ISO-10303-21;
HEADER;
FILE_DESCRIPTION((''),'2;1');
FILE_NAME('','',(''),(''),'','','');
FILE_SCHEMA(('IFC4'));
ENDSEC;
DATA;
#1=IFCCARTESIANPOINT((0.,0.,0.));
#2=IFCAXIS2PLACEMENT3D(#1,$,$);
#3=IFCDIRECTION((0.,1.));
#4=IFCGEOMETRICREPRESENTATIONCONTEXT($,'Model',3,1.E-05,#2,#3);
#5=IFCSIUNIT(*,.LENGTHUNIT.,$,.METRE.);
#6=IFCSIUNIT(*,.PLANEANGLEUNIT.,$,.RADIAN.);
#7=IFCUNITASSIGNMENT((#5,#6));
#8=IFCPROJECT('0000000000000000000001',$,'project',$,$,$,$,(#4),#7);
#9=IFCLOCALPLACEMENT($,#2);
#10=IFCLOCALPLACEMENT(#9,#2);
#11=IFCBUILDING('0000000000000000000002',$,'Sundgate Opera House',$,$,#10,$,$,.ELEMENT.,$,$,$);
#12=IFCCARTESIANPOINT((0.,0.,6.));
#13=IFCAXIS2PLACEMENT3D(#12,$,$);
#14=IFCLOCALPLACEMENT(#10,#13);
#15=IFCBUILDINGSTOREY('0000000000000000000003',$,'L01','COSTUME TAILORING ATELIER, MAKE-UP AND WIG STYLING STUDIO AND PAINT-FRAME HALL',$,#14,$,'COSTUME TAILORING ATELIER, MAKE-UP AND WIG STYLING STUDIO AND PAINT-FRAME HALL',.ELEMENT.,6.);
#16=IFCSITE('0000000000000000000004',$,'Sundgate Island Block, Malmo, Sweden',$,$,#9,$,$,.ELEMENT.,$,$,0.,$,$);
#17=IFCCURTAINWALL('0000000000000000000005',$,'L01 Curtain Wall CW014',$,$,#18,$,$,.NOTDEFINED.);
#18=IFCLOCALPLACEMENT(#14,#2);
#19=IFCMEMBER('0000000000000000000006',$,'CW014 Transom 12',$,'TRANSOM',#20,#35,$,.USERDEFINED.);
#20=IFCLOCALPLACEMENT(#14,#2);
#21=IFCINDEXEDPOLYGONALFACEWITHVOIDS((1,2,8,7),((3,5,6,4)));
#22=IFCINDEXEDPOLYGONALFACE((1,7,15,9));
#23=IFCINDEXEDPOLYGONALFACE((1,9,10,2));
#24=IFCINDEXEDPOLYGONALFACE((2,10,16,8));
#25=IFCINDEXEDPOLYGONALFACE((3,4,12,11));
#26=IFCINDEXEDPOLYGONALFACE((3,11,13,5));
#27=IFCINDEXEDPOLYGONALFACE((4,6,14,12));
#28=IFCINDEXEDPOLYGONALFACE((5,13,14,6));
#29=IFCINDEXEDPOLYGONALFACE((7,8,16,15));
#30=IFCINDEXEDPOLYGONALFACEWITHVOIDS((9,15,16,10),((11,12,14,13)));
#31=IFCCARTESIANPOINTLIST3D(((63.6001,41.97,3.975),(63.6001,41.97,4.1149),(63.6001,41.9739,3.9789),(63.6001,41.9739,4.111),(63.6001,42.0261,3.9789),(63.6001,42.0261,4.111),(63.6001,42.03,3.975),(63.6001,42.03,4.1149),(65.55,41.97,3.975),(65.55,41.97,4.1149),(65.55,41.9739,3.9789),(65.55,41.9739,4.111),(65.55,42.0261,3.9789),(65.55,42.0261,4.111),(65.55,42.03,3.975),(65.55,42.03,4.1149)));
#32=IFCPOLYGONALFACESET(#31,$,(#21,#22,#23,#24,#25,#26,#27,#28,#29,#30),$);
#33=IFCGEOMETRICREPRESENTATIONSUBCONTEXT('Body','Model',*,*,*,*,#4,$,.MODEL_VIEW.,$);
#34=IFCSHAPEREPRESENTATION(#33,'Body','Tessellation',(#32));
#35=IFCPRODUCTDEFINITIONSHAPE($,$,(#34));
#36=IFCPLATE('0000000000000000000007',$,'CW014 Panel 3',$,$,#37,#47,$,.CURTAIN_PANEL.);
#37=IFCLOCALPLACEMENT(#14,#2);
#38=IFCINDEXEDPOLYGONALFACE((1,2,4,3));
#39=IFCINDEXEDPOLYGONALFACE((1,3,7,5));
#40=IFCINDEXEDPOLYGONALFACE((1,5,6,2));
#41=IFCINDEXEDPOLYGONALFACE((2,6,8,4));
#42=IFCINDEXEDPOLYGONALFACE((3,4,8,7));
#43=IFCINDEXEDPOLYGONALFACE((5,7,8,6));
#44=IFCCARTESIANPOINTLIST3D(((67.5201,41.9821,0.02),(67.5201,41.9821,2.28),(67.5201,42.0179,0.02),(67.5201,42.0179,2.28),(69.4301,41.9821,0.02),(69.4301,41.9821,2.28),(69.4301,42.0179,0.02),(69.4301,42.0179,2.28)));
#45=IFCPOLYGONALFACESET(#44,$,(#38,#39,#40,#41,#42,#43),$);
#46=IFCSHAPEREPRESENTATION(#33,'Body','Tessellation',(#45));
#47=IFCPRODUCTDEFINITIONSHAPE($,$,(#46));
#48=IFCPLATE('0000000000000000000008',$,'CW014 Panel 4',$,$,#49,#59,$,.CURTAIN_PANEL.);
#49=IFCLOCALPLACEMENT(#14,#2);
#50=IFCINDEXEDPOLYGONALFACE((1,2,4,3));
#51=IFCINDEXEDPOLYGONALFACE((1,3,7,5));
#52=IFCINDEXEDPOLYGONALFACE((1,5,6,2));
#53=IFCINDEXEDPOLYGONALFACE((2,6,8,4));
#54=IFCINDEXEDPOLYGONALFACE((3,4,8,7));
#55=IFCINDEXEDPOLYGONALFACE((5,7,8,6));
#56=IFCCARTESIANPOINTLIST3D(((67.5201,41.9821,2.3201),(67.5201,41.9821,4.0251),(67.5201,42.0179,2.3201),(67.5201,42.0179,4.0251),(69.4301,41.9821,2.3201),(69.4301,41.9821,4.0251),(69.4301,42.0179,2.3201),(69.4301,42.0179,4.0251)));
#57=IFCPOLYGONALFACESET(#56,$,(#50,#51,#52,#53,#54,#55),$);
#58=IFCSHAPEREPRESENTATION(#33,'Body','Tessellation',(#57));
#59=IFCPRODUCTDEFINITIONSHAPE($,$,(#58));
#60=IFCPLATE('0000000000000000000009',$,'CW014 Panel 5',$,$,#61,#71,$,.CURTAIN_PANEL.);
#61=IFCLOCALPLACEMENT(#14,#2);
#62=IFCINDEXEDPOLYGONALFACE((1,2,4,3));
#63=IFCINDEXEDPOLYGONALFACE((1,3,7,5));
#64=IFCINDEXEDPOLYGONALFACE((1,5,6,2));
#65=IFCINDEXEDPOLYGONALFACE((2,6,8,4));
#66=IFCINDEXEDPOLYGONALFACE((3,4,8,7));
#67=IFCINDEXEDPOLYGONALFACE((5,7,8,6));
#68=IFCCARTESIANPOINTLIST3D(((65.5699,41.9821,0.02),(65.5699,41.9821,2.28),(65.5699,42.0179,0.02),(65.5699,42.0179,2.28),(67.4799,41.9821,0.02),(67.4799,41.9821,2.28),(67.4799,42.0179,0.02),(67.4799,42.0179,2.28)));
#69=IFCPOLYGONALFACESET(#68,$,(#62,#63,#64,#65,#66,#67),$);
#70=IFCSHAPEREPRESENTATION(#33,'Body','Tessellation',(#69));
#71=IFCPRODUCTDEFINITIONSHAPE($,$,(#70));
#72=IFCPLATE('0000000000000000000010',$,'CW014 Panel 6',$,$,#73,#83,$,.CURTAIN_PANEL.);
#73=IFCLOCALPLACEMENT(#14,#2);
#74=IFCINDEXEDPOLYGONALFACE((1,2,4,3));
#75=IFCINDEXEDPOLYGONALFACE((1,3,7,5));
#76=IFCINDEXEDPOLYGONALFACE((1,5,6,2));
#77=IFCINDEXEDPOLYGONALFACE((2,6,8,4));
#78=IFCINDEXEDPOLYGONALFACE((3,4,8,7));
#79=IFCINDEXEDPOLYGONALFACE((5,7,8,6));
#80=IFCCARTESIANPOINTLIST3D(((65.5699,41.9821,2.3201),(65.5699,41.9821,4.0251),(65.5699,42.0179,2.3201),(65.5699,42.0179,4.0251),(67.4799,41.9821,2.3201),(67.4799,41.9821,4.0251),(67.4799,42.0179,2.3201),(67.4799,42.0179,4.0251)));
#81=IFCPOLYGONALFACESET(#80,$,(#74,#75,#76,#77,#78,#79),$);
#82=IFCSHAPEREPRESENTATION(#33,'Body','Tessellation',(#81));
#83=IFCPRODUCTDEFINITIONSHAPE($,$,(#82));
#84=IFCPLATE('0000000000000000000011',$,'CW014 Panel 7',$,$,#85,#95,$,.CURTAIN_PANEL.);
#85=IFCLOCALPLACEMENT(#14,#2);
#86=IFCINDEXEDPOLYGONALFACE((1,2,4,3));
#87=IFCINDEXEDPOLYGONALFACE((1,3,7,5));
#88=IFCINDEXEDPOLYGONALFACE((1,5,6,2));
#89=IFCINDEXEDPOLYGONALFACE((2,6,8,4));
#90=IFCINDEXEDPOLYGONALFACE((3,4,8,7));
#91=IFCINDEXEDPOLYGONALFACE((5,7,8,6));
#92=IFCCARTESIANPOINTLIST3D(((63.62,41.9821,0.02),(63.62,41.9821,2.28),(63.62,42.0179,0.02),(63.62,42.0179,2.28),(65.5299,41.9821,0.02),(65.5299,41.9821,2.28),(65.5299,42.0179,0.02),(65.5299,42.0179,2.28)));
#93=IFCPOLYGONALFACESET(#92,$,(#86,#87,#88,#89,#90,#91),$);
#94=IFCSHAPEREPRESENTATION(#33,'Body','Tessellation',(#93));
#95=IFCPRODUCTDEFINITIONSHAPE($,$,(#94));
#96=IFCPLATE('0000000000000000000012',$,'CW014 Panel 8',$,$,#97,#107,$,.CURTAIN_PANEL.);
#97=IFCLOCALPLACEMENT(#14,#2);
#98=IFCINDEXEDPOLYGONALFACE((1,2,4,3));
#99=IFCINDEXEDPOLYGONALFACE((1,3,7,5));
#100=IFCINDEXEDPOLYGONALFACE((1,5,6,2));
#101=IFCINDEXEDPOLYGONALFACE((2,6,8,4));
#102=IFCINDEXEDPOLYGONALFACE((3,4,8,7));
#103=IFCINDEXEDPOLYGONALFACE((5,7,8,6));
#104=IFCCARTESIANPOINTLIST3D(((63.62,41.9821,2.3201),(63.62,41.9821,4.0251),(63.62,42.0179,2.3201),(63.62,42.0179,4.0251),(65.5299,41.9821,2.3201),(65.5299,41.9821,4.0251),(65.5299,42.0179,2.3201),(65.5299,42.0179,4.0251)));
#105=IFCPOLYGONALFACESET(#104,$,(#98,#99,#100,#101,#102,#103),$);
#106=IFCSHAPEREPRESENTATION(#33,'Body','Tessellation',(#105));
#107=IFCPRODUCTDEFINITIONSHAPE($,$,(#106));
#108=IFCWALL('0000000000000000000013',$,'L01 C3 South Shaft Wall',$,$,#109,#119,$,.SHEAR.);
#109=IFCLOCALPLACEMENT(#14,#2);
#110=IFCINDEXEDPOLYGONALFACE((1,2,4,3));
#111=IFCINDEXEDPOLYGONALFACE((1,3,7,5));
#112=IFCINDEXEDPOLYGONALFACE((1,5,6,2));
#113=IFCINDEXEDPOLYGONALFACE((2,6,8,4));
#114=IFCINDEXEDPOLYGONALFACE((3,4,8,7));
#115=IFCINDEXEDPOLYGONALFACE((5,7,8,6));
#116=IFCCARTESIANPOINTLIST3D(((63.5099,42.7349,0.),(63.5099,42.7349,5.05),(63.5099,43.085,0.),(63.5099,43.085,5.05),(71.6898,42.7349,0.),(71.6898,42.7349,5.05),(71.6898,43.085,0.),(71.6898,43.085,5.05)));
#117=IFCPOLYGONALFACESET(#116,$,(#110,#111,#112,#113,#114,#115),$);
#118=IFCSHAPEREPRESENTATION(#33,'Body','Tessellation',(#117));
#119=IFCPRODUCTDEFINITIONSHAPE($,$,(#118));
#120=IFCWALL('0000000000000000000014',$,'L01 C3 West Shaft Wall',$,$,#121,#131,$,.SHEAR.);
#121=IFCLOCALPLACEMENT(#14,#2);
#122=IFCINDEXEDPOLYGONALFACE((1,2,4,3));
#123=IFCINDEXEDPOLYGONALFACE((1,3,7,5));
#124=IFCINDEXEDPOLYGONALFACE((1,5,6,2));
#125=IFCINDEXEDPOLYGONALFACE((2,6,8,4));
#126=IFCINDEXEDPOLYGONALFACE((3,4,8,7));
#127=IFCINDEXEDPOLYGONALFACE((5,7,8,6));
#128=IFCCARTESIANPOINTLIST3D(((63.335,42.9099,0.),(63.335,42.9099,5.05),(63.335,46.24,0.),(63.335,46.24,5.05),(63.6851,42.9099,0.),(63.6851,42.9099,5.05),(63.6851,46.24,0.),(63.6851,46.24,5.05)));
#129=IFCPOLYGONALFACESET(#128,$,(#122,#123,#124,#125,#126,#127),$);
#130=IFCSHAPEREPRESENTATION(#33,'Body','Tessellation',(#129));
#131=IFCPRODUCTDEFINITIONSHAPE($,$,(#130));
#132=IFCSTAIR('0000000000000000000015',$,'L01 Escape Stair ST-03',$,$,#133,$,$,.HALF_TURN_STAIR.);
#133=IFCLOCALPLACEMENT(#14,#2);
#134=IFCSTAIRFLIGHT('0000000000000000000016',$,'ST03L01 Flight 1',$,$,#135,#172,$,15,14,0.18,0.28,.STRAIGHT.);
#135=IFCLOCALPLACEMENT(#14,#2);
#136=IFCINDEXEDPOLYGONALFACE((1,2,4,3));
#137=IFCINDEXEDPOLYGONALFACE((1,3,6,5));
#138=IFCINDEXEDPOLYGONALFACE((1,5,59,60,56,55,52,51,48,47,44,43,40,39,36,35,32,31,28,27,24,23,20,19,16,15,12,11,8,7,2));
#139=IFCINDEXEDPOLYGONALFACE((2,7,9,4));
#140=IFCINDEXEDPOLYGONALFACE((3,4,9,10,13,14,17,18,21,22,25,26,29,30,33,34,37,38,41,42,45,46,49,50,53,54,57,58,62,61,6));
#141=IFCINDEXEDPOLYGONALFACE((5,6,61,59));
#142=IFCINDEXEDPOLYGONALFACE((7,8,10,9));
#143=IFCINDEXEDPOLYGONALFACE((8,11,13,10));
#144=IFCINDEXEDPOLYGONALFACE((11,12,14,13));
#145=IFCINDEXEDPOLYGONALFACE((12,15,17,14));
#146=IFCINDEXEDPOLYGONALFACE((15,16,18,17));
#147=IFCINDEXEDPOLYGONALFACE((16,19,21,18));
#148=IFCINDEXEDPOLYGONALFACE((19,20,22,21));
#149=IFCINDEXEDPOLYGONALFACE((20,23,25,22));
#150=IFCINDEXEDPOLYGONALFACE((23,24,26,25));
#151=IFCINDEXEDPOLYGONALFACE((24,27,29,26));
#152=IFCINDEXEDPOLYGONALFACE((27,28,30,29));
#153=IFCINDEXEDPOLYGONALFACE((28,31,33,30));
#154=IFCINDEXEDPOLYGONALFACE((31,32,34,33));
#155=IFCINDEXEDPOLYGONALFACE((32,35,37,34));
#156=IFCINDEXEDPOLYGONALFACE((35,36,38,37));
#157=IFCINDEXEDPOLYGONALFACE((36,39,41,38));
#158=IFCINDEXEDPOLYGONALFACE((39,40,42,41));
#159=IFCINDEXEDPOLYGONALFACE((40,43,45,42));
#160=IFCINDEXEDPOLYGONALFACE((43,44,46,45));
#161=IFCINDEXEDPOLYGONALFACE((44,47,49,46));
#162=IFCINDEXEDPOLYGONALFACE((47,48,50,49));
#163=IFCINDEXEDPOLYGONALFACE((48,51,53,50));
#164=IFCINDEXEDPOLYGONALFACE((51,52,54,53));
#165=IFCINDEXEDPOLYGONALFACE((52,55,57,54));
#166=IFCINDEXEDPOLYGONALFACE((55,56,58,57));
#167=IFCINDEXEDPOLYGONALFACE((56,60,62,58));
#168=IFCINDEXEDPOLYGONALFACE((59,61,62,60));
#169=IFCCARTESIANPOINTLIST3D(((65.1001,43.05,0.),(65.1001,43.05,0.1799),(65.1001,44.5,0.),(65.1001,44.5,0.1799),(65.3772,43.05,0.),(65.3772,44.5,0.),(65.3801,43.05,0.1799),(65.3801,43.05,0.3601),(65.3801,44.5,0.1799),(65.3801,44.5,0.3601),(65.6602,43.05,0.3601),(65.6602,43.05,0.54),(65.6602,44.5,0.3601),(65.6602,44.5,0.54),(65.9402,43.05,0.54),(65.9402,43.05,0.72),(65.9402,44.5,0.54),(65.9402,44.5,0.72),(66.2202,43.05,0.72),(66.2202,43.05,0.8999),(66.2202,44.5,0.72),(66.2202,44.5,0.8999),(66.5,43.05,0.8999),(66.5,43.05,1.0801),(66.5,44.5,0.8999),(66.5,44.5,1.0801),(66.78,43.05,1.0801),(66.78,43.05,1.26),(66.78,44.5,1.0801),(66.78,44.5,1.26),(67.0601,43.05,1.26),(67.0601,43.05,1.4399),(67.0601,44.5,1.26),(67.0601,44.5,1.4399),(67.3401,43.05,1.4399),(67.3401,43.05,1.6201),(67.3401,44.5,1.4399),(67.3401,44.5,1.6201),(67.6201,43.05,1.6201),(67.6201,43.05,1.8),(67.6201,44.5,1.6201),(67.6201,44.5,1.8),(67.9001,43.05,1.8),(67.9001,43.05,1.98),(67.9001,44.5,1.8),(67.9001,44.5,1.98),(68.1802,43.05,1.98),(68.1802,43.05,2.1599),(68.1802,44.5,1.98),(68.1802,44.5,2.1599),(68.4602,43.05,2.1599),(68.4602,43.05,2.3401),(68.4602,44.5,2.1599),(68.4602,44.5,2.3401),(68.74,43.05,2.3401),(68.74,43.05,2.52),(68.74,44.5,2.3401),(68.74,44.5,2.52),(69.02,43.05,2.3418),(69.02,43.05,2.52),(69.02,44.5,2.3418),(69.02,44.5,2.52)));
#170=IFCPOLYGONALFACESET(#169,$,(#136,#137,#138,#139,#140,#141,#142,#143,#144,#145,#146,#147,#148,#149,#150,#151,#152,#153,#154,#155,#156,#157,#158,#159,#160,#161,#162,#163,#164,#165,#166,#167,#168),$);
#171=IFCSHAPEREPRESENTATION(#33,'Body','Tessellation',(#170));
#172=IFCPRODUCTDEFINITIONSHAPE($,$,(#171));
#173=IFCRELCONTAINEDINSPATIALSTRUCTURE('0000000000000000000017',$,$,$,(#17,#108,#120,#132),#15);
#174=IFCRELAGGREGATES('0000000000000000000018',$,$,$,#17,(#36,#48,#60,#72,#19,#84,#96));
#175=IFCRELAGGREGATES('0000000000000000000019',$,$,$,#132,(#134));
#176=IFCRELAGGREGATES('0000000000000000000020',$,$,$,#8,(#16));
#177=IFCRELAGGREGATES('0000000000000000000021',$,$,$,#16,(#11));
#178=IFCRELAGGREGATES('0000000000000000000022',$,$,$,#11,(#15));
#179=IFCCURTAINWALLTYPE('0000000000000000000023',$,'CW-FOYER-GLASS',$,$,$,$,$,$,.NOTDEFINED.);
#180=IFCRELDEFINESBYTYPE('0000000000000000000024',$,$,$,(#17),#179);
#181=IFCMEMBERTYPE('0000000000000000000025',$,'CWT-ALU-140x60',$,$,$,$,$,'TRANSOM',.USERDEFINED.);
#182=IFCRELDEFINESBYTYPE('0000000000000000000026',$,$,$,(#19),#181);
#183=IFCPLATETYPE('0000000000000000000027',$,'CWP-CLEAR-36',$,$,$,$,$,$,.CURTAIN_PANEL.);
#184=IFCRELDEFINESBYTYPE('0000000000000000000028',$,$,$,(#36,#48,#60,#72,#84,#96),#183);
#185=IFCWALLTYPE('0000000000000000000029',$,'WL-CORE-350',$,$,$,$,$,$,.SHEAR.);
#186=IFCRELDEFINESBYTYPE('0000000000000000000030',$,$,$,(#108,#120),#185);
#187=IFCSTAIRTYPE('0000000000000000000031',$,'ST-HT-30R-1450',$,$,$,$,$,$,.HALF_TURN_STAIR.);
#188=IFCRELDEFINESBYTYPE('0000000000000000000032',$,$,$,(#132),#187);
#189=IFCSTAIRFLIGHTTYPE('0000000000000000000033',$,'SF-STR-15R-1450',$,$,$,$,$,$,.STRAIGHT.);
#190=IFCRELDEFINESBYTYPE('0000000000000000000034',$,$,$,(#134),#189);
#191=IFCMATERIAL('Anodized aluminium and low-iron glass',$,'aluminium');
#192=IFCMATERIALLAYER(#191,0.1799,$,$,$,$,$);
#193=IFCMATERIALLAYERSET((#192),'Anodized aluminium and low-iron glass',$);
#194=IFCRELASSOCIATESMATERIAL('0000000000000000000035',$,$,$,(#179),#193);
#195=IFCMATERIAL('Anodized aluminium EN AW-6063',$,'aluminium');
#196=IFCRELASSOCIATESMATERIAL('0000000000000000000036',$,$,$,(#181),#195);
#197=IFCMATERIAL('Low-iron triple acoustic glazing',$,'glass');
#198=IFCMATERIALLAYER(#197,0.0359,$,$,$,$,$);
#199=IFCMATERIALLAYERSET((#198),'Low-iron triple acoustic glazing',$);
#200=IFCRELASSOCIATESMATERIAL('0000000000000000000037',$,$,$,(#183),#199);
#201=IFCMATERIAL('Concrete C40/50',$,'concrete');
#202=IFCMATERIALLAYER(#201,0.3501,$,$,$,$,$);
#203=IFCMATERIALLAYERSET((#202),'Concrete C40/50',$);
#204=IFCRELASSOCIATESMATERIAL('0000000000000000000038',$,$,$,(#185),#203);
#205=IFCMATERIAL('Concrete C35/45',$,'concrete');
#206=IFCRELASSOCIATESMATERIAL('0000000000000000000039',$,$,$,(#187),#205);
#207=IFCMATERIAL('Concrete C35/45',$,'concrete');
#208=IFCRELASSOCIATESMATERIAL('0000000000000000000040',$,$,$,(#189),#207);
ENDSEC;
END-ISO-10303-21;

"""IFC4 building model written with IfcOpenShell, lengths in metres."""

from ifc_helpers import new_model, si_unit, direction, frame, frame_2d, origin, origin_2d, place, context, subcontext, project, spatial, polyline, rectangle, hollow_rectangle, outline, extrude, material, layer, layer_set, material_profile, profile_set, type_object, element, aggregate, save


model = new_model("IFC4")

# Units and contexts
model_context = context("Model", 3, precision=1e-05, world=origin(), true_north=direction((0.0, 1.0)))
body_context = subcontext(model_context, "Body", "Model", "MODEL_VIEW")
ifc_project = project(units=[si_unit("LENGTHUNIT", "METRE"), si_unit("PLANEANGLEUNIT", "RADIAN")], contexts=[model_context])

# Site, building, storey
site_placement = place(None, origin())
site = spatial("IfcSite", under=ifc_project, at=site_placement, Name="Sundgate Island Block, Malmo, Sweden", CompositionType="ELEMENT", RefElevation=0.0)
building_placement = place(site_placement, origin())
building = spatial("IfcBuilding", under=site, at=building_placement, Name="Sundgate Opera House", CompositionType="ELEMENT")
storey_placement = place(building_placement, frame((0.0, 0.0, 6.0)))
storey = spatial("IfcBuildingStorey", under=building, at=storey_placement, Name="L01", Description="COSTUME TAILORING ATELIER, MAKE-UP AND WIG STYLING STUDIO AND PAINT-FRAME HALL", LongName="COSTUME TAILORING ATELIER, MAKE-UP AND WIG STYLING STUDIO AND PAINT-FRAME HALL", CompositionType="ELEMENT", Elevation=6.0)

# Curtain wall, member, plates
ifc_material_1 = material(Name="Anodized aluminium and low-iron glass", Category="aluminium")
ifc_layer_1 = layer(ifc_material_1, 0.1799)
ifc_layer_set_1 = layer_set([ifc_layer_1], Name="Anodized aluminium and low-iron glass")
curtain_wall_type = type_object("IfcCurtainWallType", Name="CW-FOYER-GLASS", PredefinedType="NOTDEFINED", material=ifc_layer_set_1)
curtain_wall_placement = place(storey_placement, origin())
curtain_wall = element("IfcCurtainWall", 1, at=curtain_wall_placement, inside=storey, type_object=curtain_wall_type, Name="L01 Curtain Wall CW014", PredefinedType="NOTDEFINED")
ifc_material_2 = material(Name="Anodized aluminium EN AW-6063", Category="aluminium")
ifc_material_profile_1 = material_profile(ifc_material_2, hollow_rectangle(XDim=0.0601, YDim=0.1399, WallThickness=0.0039, at=origin_2d()), Name="CWT 140x60x4")
ifc_profile_set_1 = profile_set([ifc_material_profile_1], Name="Anodized aluminium EN AW-6063")
member_type_1 = type_object("IfcMemberType", Name="CWT-ALU-140x60", ElementType="TRANSOM", PredefinedType="USERDEFINED", material=ifc_profile_set_1)
member_1_placement = place(storey_placement, frame((65.55, 42.0, 4.0449), z_axis=(-1.0, 0.0, 0.0), x_axis=(0.0, -1.0, 0.0)))
member_1 = element("IfcMember", 2, at=member_1_placement, type_object=member_type_1, Name="CW014 Transom 12", ObjectType="TRANSOM", PredefinedType="USERDEFINED", context=body_context, shape_type="SweptSolid", body=[
    extrude(hollow_rectangle(XDim=0.0601, YDim=0.1399, WallThickness=0.0039, at=origin_2d()), origin(), (0.0, 0.0, 1.0), 1.95),
])
ifc_material_3 = material(Name="Low-iron triple acoustic glazing", Category="glass")
ifc_layer_2 = layer(ifc_material_3, 0.0359)
ifc_layer_set_2 = layer_set([ifc_layer_2], Name="Low-iron triple acoustic glazing")
plate_type = type_object("IfcPlateType", Name="CWP-CLEAR-36", PredefinedType="CURTAIN_PANEL", material=ifc_layer_set_2)
plate_1_placement = place(storey_placement, frame((68.4751, 42.0, 0.02), z_axis=(0.0, 0.0, 1.0), x_axis=(-1.0, 0.0, 0.0)))
plate_1 = element("IfcPlate", 3, at=plate_1_placement, type_object=plate_type, Name="CW014 Panel 3", PredefinedType="CURTAIN_PANEL", context=body_context, shape_type="SweptSolid", body=[
    extrude(rectangle(XDim=1.9099, YDim=0.0359, at=origin_2d()), origin(), (0.0, 0.0, 1.0), 2.26),
])
plate_2_placement = place(storey_placement, frame((68.4751, 42.0, 2.3201), z_axis=(0.0, 0.0, 1.0), x_axis=(-1.0, 0.0, 0.0)))
plate_2 = element("IfcPlate", 4, at=plate_2_placement, type_object=plate_type, Name="CW014 Panel 4", PredefinedType="CURTAIN_PANEL", context=body_context, shape_type="SweptSolid", body=[
    extrude(rectangle(XDim=1.9099, YDim=0.0359, at=origin_2d()), origin(), (0.0, 0.0, 1.0), 1.7051),
])
plate_3_placement = place(storey_placement, frame((66.5249, 42.0, 0.02), z_axis=(0.0, 0.0, 1.0), x_axis=(-1.0, 0.0, 0.0)))
plate_3 = element("IfcPlate", 5, at=plate_3_placement, type_object=plate_type, Name="CW014 Panel 5", PredefinedType="CURTAIN_PANEL", context=body_context, shape_type="SweptSolid", body=[
    extrude(rectangle(XDim=1.9099, YDim=0.0359, at=origin_2d()), origin(), (0.0, 0.0, 1.0), 2.26),
])
plate_4_placement = place(storey_placement, frame((66.5249, 42.0, 2.3201), z_axis=(0.0, 0.0, 1.0), x_axis=(-1.0, 0.0, 0.0)))
plate_4 = element("IfcPlate", 6, at=plate_4_placement, type_object=plate_type, Name="CW014 Panel 6", PredefinedType="CURTAIN_PANEL", context=body_context, shape_type="SweptSolid", body=[
    extrude(rectangle(XDim=1.9099, YDim=0.0359, at=origin_2d()), origin(), (0.0, 0.0, 1.0), 1.7051),
])
plate_5_placement = place(storey_placement, frame((64.575, 42.0, 0.02), z_axis=(0.0, 0.0, 1.0), x_axis=(-1.0, 0.0, 0.0)))
plate_5 = element("IfcPlate", 7, at=plate_5_placement, type_object=plate_type, Name="CW014 Panel 7", PredefinedType="CURTAIN_PANEL", context=body_context, shape_type="SweptSolid", body=[
    extrude(rectangle(XDim=1.9099, YDim=0.0359, at=origin_2d()), origin(), (0.0, 0.0, 1.0), 2.26),
])
plate_6_placement = place(storey_placement, frame((64.575, 42.0, 2.3201), z_axis=(0.0, 0.0, 1.0), x_axis=(-1.0, 0.0, 0.0)))
plate_6 = element("IfcPlate", 8, at=plate_6_placement, type_object=plate_type, Name="CW014 Panel 8", PredefinedType="CURTAIN_PANEL", context=body_context, shape_type="SweptSolid", body=[
    extrude(rectangle(XDim=1.9099, YDim=0.0359, at=origin_2d()), origin(), (0.0, 0.0, 1.0), 1.7051),
])
aggregate(curtain_wall, [plate_1, plate_2, plate_3, plate_4, member_1, plate_5, plate_6])

# Walls
ifc_material_4 = material(Name="Concrete C40/50", Category="concrete")
ifc_layer_3 = layer(ifc_material_4, 0.3501)
ifc_layer_set_3 = layer_set([ifc_layer_3], Name="Concrete C40/50")
wall_type = type_object("IfcWallType", Name="WL-CORE-350", PredefinedType="SHEAR", material=ifc_layer_set_3)
wall_1_placement = place(storey_placement, frame((63.51, 42.9099, 0.0), z_axis=(0.0, 0.0, 1.0), x_axis=(1.0, 0.0, 0.0)))
element("IfcWall", 9, at=wall_1_placement, inside=storey, type_object=wall_type, Name="L01 C3 South Shaft Wall", PredefinedType="SHEAR", context=body_context, shape_type="SweptSolid", body=[
    extrude(rectangle(XDim=8.1799, YDim=0.3501, at=frame_2d((4.0898, 0.0))), origin(), (0.0, 0.0, 1.0), 5.05),
])
wall_2_placement = place(storey_placement, frame((63.51, 42.9099, 0.0), z_axis=(0.0, 0.0, 1.0), x_axis=(0.0, 1.0, 0.0)))
element("IfcWall", 10, at=wall_2_placement, inside=storey, type_object=wall_type, Name="L01 C3 West Shaft Wall", PredefinedType="SHEAR", context=body_context, shape_type="SweptSolid", body=[
    extrude(rectangle(XDim=3.3301, YDim=0.3501, at=frame_2d((1.665, 0.0))), origin(), (0.0, 0.0, 1.0), 5.05),
])

# Stair, stair flight
ifc_material_5 = material(Name="Concrete C35/45", Category="concrete")
stair_type = type_object("IfcStairType", Name="ST-HT-30R-1450", PredefinedType="HALF_TURN_STAIR", material=ifc_material_5)
stair_placement = place(storey_placement, origin())
stair = element("IfcStair", 11, at=stair_placement, inside=storey, type_object=stair_type, Name="L01 Escape Stair ST-03", PredefinedType="HALF_TURN_STAIR")
ifc_material_6 = material(Name="Concrete C35/45", Category="concrete")
stair_flight_type = type_object("IfcStairFlightType", Name="SF-STR-15R-1450", PredefinedType="STRAIGHT", material=ifc_material_6)
stair_flight_placement = place(storey_placement, frame((65.1001, 43.7749, 0.0), z_axis=(0.0, 0.0, 1.0), x_axis=(1.0, 0.0, 0.0)))
stair_flight = element("IfcStairFlight", 12, at=stair_flight_placement, type_object=stair_flight_type, Name="ST03L01 Flight 1", NumberOfRisers=15, NumberOfTreads=14, PredefinedType="STRAIGHT", RiserHeight=0.18, TreadLength=0.28, context=body_context, shape_type="SweptSolid", body=[
    extrude(outline(polyline([(0.0, 0.0), (0.0, 0.1799), (0.28, 0.1799), (0.28, 0.3601), (0.5601, 0.3601), (0.5601, 0.54), (0.8401, 0.54), (0.8401, 0.72), (1.1201, 0.72), (1.1201, 0.8999), (1.3999, 0.8999), (1.3999, 1.0801), (1.6799, 1.0801), (1.6799, 1.26), (1.96, 1.26), (1.96, 1.4399), (2.24, 1.4399), (2.24, 1.6201), (2.52, 1.6201), (2.52, 1.8), (2.8, 1.8), (2.8, 1.98), (3.0801, 1.98), (3.0801, 2.1599), (3.3601, 2.1599), (3.3601, 2.3401), (3.6399, 2.3401), (3.6399, 2.52), (3.9199, 2.52), (3.9199, 2.7), (3.9199, 2.3418), (0.2771, 0.0), (0.0, 0.0)])), frame((0.0, 0.7251, 0.0), z_axis=(0.0, -1.0, 0.0), x_axis=(1.0, 0.0, 0.0)), (0.0, 0.0, 1.0), 1.45),
])
aggregate(stair, [stair_flight])

save(model, "model.ifc")
